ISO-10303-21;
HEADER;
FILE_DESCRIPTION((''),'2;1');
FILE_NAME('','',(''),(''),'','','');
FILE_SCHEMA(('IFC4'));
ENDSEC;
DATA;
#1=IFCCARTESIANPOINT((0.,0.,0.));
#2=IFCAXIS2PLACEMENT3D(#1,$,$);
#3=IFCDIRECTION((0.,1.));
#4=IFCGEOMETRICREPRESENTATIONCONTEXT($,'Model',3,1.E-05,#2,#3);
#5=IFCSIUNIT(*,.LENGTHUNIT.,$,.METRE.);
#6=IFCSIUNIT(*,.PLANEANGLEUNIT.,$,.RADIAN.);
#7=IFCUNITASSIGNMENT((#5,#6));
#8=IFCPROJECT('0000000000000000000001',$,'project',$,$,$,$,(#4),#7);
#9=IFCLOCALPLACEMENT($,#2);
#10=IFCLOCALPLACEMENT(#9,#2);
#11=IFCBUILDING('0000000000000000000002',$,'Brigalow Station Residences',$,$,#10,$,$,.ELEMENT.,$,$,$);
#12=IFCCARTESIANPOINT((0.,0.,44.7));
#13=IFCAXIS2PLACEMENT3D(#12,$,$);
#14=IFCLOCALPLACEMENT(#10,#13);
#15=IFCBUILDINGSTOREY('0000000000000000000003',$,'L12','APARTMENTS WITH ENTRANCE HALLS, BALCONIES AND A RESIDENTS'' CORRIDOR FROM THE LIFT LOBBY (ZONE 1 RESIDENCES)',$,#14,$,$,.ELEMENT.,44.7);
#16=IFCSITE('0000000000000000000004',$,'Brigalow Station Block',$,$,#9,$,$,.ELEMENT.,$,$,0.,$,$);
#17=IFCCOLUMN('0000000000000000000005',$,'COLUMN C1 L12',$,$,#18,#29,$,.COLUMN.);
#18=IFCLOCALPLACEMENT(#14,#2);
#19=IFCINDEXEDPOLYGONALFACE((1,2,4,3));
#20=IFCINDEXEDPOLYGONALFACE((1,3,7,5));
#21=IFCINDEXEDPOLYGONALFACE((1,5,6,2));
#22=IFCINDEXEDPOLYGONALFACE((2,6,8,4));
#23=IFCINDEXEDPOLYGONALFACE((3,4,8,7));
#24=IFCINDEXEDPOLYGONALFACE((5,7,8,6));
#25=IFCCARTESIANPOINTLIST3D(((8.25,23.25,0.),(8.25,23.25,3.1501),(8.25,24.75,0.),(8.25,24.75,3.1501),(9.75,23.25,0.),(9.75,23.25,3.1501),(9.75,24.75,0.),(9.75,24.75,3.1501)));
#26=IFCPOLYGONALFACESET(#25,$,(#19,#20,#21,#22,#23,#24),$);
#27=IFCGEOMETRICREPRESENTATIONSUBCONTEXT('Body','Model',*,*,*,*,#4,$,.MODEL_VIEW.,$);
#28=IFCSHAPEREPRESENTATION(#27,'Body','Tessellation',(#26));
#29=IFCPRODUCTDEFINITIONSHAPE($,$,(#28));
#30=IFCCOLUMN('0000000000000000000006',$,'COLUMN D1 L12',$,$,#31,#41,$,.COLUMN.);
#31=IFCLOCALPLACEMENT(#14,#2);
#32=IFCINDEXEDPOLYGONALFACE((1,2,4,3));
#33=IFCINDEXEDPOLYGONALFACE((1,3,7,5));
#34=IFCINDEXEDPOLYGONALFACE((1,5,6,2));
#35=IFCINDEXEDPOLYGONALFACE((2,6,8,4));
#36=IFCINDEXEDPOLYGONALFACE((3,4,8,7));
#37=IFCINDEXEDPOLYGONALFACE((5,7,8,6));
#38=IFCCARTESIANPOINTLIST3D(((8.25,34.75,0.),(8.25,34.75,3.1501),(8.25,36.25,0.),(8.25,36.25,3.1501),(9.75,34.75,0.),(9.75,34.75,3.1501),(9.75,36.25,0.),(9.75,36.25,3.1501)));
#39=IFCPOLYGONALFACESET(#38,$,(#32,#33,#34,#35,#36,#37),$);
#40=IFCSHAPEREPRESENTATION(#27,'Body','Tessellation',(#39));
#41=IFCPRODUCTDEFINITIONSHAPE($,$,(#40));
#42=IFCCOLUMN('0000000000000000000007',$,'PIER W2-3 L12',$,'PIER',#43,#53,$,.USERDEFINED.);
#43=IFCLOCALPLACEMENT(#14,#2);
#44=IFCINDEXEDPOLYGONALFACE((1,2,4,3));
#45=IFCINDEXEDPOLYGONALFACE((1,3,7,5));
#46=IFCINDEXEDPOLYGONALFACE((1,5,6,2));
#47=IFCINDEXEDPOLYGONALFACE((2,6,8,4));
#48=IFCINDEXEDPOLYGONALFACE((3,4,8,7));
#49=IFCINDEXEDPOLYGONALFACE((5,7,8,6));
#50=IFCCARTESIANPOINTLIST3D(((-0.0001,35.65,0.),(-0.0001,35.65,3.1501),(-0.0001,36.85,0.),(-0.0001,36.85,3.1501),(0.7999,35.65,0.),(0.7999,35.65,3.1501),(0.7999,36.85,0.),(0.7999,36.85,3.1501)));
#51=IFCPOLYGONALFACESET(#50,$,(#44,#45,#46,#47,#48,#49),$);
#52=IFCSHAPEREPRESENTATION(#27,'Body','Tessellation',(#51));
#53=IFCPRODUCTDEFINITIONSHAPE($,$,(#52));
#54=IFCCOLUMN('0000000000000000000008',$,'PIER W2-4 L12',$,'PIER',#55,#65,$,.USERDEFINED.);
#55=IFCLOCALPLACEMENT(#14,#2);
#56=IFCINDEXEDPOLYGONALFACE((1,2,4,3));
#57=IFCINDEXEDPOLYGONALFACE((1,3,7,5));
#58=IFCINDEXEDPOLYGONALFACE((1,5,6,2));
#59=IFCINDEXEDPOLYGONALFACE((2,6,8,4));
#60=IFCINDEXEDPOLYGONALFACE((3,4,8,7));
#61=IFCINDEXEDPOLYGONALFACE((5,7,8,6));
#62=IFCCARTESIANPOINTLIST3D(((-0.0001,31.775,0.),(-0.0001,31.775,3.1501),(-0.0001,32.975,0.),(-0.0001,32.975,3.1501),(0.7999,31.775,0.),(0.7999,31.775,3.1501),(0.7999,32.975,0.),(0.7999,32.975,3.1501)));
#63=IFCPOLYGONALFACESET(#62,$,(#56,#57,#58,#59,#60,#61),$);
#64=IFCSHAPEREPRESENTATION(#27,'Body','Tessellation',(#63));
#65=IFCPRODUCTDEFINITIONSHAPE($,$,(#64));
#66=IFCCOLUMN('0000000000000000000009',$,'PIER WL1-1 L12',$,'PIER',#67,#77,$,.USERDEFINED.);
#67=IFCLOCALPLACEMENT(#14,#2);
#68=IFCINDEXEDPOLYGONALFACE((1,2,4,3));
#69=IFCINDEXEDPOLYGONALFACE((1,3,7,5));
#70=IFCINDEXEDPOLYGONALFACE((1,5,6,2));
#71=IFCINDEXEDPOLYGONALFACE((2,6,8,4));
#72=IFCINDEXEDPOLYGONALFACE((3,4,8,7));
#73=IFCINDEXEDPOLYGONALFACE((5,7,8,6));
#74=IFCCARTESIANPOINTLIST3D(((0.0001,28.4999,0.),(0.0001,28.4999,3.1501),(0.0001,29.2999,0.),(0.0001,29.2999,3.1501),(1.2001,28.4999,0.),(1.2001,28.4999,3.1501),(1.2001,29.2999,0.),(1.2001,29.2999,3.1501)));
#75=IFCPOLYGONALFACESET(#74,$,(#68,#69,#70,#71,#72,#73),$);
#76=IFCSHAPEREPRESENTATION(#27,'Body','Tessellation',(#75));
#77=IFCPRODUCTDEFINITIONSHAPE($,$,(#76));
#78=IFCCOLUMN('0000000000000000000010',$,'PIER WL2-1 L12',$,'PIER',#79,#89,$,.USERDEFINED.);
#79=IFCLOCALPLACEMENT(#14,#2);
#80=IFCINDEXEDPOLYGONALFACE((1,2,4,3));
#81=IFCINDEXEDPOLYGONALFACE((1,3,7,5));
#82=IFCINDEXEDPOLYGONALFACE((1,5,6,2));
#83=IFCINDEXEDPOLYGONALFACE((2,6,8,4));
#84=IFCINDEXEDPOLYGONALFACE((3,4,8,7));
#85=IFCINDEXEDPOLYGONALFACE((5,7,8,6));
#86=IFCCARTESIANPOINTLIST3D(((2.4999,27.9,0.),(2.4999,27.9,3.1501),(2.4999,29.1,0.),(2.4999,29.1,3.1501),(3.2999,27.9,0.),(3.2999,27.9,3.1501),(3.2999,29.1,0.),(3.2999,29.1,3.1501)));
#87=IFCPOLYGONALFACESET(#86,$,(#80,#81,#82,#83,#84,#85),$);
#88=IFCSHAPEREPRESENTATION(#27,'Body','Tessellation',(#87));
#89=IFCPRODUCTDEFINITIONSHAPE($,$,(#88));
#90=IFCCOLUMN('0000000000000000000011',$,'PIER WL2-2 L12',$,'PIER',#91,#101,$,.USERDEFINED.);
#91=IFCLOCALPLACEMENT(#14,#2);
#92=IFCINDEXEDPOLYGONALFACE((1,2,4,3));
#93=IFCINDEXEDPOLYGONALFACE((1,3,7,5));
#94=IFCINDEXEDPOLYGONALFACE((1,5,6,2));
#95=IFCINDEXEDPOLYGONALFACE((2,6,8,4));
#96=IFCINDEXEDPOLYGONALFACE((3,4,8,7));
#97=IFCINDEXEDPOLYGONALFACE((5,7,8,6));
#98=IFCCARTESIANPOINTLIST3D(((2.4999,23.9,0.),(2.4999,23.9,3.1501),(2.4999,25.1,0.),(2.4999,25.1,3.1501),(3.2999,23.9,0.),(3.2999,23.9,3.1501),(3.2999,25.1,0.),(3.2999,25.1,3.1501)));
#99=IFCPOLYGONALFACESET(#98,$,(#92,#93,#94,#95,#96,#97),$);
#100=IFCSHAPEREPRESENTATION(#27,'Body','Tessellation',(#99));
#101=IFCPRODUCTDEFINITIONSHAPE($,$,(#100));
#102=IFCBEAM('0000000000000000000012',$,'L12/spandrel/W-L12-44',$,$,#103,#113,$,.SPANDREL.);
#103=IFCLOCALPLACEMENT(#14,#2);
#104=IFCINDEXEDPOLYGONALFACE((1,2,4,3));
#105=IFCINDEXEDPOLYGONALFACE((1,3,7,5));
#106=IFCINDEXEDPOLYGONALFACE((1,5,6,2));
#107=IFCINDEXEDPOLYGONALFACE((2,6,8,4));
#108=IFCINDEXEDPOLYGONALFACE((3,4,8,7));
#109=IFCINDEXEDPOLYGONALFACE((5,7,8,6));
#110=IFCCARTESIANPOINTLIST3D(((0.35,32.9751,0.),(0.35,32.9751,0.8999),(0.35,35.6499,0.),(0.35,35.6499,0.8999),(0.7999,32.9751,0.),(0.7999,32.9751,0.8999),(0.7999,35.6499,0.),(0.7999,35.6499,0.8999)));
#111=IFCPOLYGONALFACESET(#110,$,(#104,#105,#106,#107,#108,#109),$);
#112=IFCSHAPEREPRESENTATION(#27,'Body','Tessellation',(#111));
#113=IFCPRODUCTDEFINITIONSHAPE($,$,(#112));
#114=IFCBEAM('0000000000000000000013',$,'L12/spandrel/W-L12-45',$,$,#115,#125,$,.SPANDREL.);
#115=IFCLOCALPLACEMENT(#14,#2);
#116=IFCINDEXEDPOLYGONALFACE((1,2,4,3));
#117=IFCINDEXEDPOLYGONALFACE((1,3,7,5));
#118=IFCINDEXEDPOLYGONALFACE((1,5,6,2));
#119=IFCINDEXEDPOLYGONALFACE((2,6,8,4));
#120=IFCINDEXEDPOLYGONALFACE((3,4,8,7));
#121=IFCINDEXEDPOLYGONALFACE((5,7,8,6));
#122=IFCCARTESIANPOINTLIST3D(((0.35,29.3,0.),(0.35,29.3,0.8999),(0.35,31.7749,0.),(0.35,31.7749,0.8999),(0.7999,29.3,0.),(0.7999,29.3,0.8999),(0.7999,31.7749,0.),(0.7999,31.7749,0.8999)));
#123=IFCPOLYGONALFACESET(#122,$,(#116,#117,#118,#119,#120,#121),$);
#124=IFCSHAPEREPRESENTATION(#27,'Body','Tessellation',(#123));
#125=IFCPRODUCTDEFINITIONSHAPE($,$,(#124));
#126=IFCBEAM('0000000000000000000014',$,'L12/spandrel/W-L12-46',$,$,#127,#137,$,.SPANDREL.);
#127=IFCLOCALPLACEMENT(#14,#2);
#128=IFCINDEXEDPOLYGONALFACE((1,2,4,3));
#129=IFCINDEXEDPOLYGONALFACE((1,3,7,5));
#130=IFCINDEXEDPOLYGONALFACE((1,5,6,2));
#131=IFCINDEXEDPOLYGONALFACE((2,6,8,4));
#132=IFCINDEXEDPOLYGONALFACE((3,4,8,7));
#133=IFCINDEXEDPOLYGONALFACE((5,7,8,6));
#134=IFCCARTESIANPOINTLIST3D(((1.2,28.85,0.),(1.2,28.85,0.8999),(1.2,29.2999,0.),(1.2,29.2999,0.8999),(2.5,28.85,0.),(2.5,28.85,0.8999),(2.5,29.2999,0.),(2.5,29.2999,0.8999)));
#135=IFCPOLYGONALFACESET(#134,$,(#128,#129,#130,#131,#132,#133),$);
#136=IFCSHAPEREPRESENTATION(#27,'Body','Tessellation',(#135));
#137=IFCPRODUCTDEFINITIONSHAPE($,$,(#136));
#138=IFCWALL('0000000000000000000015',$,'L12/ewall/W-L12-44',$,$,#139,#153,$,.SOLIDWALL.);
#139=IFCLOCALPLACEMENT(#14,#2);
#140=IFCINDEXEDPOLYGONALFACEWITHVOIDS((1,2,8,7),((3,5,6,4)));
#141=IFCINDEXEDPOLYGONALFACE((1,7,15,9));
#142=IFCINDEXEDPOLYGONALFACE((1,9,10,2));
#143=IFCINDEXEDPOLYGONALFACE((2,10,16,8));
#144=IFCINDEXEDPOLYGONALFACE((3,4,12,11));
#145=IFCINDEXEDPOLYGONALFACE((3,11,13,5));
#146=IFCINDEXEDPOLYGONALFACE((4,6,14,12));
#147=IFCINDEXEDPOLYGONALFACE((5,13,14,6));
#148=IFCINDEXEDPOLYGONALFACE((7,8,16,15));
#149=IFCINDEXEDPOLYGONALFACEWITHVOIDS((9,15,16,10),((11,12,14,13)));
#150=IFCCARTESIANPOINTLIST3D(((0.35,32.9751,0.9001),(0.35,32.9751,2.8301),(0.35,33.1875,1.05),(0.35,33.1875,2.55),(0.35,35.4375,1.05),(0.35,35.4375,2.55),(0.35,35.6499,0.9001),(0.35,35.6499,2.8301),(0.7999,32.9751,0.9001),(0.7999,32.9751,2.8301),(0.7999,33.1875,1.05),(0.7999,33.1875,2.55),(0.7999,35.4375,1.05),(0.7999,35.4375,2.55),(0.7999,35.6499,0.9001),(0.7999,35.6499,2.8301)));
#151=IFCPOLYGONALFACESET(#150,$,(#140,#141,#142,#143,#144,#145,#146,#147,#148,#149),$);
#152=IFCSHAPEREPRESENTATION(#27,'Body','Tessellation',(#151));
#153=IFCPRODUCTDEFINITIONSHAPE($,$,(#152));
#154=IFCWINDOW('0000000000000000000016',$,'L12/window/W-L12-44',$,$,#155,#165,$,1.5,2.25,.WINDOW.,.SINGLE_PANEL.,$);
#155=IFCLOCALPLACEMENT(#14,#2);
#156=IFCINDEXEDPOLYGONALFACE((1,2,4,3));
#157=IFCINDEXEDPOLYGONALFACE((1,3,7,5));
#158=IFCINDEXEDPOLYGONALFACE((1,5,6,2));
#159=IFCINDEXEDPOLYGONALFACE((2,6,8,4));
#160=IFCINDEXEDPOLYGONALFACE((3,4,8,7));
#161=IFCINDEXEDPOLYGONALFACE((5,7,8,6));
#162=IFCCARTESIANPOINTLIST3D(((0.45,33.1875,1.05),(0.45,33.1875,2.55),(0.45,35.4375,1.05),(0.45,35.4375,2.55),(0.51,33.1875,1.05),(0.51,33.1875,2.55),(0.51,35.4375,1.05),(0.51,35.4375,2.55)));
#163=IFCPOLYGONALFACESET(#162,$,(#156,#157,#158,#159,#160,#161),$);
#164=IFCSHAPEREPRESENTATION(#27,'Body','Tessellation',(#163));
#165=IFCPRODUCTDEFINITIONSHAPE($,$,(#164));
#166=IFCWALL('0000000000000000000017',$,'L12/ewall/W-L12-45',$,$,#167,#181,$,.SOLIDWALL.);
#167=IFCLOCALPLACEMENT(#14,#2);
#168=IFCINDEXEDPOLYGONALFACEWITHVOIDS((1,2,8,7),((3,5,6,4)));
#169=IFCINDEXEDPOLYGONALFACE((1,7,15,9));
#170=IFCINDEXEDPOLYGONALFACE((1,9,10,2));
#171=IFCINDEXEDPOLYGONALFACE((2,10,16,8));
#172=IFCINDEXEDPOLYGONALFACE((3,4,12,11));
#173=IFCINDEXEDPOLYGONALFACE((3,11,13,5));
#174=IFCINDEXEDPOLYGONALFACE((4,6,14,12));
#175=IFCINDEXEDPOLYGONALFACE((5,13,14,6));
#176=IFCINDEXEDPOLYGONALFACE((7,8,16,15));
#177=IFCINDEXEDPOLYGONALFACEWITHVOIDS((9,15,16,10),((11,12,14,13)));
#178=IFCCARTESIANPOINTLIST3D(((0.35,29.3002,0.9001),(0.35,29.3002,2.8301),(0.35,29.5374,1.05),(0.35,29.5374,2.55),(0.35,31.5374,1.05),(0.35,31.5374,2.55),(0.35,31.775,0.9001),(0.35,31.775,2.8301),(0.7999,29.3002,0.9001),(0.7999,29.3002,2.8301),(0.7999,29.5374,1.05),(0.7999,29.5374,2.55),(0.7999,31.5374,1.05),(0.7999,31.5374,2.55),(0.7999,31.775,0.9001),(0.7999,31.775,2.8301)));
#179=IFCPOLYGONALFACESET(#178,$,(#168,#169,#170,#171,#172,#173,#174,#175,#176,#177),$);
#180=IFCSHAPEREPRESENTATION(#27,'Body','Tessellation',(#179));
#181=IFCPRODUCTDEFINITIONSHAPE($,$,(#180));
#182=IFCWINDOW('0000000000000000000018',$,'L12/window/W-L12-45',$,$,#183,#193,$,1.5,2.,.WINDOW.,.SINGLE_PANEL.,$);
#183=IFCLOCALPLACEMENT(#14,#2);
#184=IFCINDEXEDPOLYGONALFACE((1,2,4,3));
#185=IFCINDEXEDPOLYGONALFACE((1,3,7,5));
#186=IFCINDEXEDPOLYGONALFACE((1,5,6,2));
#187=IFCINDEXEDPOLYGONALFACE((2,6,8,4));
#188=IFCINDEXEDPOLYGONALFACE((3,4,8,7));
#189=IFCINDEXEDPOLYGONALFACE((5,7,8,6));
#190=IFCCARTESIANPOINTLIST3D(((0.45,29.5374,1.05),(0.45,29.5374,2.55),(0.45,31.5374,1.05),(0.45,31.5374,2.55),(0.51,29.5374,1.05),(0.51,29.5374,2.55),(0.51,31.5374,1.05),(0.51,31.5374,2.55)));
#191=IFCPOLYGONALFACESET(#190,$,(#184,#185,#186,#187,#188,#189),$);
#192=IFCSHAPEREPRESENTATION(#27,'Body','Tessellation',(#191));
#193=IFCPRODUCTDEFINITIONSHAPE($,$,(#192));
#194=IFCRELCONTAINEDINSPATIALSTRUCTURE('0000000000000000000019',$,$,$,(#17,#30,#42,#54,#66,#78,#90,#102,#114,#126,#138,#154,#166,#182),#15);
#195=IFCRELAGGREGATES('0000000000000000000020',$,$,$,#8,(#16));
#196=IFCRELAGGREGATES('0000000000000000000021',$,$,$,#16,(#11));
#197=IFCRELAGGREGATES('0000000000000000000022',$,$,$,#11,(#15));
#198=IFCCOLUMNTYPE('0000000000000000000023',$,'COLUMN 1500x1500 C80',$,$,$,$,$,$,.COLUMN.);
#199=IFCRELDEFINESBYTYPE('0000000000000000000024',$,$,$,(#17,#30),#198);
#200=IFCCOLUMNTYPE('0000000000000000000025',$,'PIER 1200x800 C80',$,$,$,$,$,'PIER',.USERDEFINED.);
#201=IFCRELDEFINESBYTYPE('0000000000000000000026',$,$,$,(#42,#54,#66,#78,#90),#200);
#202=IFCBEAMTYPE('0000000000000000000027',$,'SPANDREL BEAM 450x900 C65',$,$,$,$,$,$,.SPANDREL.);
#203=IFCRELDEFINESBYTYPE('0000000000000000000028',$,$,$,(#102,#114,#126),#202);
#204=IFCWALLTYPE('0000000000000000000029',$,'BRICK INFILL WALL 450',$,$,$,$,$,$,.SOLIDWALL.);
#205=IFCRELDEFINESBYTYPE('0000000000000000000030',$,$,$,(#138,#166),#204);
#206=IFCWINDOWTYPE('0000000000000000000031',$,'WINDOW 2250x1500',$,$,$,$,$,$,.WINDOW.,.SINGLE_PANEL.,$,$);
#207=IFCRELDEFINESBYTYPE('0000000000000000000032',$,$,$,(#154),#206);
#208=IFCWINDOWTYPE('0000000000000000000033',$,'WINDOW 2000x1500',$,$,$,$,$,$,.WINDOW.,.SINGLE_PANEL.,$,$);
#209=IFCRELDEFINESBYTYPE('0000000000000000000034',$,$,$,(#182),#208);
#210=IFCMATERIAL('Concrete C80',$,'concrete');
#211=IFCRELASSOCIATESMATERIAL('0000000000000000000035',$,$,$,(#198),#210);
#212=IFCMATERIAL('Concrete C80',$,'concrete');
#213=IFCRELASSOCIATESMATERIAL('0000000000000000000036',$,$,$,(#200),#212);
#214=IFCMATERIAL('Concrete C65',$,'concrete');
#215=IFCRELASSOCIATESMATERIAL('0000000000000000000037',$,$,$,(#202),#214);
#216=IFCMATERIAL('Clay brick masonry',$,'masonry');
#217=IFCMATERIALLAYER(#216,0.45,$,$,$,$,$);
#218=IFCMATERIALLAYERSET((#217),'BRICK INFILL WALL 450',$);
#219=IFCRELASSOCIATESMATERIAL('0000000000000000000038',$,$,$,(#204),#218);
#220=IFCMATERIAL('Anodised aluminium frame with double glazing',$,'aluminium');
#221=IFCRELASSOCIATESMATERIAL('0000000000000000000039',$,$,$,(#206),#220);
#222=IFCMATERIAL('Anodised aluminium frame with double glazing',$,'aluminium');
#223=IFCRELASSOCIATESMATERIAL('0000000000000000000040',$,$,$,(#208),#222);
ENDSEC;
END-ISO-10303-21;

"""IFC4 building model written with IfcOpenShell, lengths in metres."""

from ifc_helpers import new_model, si_unit, direction, frame, frame_2d, origin, origin_2d, place, context, subcontext, project, spatial, rectangle, extrude, material, layer, layer_set, material_profile, profile_set, type_object, element, fill, save


model = new_model("IFC4")

# Units and contexts
model_context = context("Model", 3, precision=1e-05, world=origin(), true_north=direction((0.0, 1.0)))
body_context = subcontext(model_context, "Body", "Model", "MODEL_VIEW")
ifc_project = project(units=[si_unit("LENGTHUNIT", "METRE"), si_unit("PLANEANGLEUNIT", "RADIAN")], contexts=[model_context])

# Site, building, storey
site_placement = place(None, origin())
site = spatial("IfcSite", under=ifc_project, at=site_placement, Name="Brigalow Station Block", CompositionType="ELEMENT", RefElevation=0.0)
building_placement = place(site_placement, origin())
building = spatial("IfcBuilding", under=site, at=building_placement, Name="Brigalow Station Residences", CompositionType="ELEMENT")
storey_placement = place(building_placement, frame((0.0, 0.0, 44.7)))
storey = spatial("IfcBuildingStorey", under=building, at=storey_placement, Name="L12", Description="APARTMENTS WITH ENTRANCE HALLS, BALCONIES AND A RESIDENTS' CORRIDOR FROM THE LIFT LOBBY (ZONE 1 RESIDENCES)", CompositionType="ELEMENT", Elevation=44.7)

# Columns
ifc_material_1 = material(Name="Concrete C80", Category="concrete")
ifc_material_profile_1 = material_profile(ifc_material_1, rectangle(XDim=1.5, YDim=1.5, at=origin_2d()), Name="RC1500x1500")
ifc_profile_set_1 = profile_set([ifc_material_profile_1], Name="Concrete C80")
column_type_1 = type_object("IfcColumnType", Name="COLUMN 1500x1500 C80", PredefinedType="COLUMN", material=ifc_profile_set_1)
for number, where, z_axis, x_axis, name in (
    (1, (9.0, 24.0, 0.0), (0.0, 0.0, 1.0), (1.0, 0.0, 0.0), "COLUMN C1 L12"),
    (2, (9.0, 35.5, 0.0), (0.0, 0.0, 1.0), (1.0, 0.0, 0.0), "COLUMN D1 L12"),
):
    element("IfcColumn", number, at=place(storey_placement, frame(where, z_axis=z_axis, x_axis=x_axis)), inside=storey, type_object=column_type_1, Name=name, PredefinedType="COLUMN", context=body_context, shape_type="SweptSolid", body=[
        extrude(rectangle(XDim=1.5, YDim=1.5, at=origin_2d()), origin(), (0.0, 0.0, 1.0), 3.1501),
    ])
ifc_material_2 = material(Name="Concrete C80", Category="concrete")
ifc_material_profile_2 = material_profile(ifc_material_2, rectangle(XDim=1.2, YDim=0.8, at=origin_2d()), Name="RC1200x800")
ifc_profile_set_2 = profile_set([ifc_material_profile_2], Name="Concrete C80")
column_type_2 = type_object("IfcColumnType", Name="PIER 1200x800 C80", ElementType="PIER", PredefinedType="USERDEFINED", material=ifc_profile_set_2)
for number, where, z_axis, x_axis, name in (
    (3, (0.3999, 36.25, 0.0), (0.0, 0.0, 1.0), (0.0, -1.0, 0.0), "PIER W2-3 L12"),
    (4, (0.3999, 32.375, 0.0), (0.0, 0.0, 1.0), (0.0, -1.0, 0.0), "PIER W2-4 L12"),
    (5, (0.6001, 28.8999, 0.0), (0.0, 0.0, 1.0), (1.0, 0.0, 0.0), "PIER WL1-1 L12"),
    (6, (2.8999, 28.5, 0.0), (0.0, 0.0, 1.0), (0.0, -1.0, 0.0), "PIER WL2-1 L12"),
    (7, (2.8999, 24.5, 0.0), (0.0, 0.0, 1.0), (0.0, -1.0, 0.0), "PIER WL2-2 L12"),
):
    element("IfcColumn", number, at=place(storey_placement, frame(where, z_axis=z_axis, x_axis=x_axis)), inside=storey, type_object=column_type_2, Name=name, ObjectType="PIER", PredefinedType="USERDEFINED", context=body_context, shape_type="SweptSolid", body=[
        extrude(rectangle(XDim=1.2, YDim=0.8, at=origin_2d()), origin(), (0.0, 0.0, 1.0), 3.1501),
    ])

# Beams
ifc_material_3 = material(Name="Concrete C65", Category="concrete")
ifc_material_profile_3 = material_profile(ifc_material_3, rectangle(XDim=0.45, YDim=0.8999, at=origin_2d()), Name="RC450x900")
ifc_profile_set_3 = profile_set([ifc_material_profile_3], Name="Concrete C65")
beam_type = type_object("IfcBeamType", Name="SPANDREL BEAM 450x900 C65", PredefinedType="SPANDREL", material=ifc_profile_set_3)
beam_1_placement = place(storey_placement, frame((0.575, 35.6499, 0.45), z_axis=(0.0, -1.0, 0.0), x_axis=(1.0, 0.0, 0.0)))
element("IfcBeam", 8, at=beam_1_placement, inside=storey, type_object=beam_type, Name="L12/spandrel/W-L12-44", PredefinedType="SPANDREL", context=body_context, shape_type="SweptSolid", body=[
    extrude(rectangle(XDim=0.45, YDim=0.8999, at=origin_2d()), origin(), (0.0, 0.0, 1.0), 2.6748),
])
beam_2_placement = place(storey_placement, frame((0.575, 31.7749, 0.45), z_axis=(0.0, -1.0, 0.0), x_axis=(1.0, 0.0, 0.0)))
element("IfcBeam", 9, at=beam_2_placement, inside=storey, type_object=beam_type, Name="L12/spandrel/W-L12-45", PredefinedType="SPANDREL", context=body_context, shape_type="SweptSolid", body=[
    extrude(rectangle(XDim=0.45, YDim=0.8999, at=origin_2d()), origin(), (0.0, 0.0, 1.0), 2.4749),
])
beam_3_placement = place(storey_placement, frame((1.2, 29.075, 0.45), z_axis=(1.0, 0.0, 0.0), x_axis=(0.0, 1.0, 0.0)))
element("IfcBeam", 10, at=beam_3_placement, inside=storey, type_object=beam_type, Name="L12/spandrel/W-L12-46", PredefinedType="SPANDREL", context=body_context, shape_type="SweptSolid", body=[
    extrude(rectangle(XDim=0.45, YDim=0.8999, at=origin_2d()), origin(), (0.0, 0.0, 1.0), 1.3),
])

# Walls, openings, windows
ifc_material_4 = material(Name="Clay brick masonry", Category="masonry")
ifc_layer_1 = layer(ifc_material_4, 0.45)
ifc_layer_set_1 = layer_set([ifc_layer_1], Name="BRICK INFILL WALL 450")
wall_type_1 = type_object("IfcWallType", Name="BRICK INFILL WALL 450", PredefinedType="SOLIDWALL", material=ifc_layer_set_1)
wall_1_placement = place(storey_placement, frame((0.575, 35.6499, 0.9001), z_axis=(0.0, 0.0, 1.0), x_axis=(0.0, -1.0, 0.0)))
wall_1 = element("IfcWall", 11, at=wall_1_placement, inside=storey, type_object=wall_type_1, Name="L12/ewall/W-L12-44", PredefinedType="SOLIDWALL", context=body_context, shape_type="SweptSolid", body=[
    extrude(rectangle(XDim=2.6748, YDim=0.45, at=frame_2d((1.3374, 0.0))), origin(), (0.0, 0.0, 1.0), 1.9299),
])
opening_1_placement = place(wall_1_placement, frame((0.2124, 0.0, 0.1499)))
opening_1 = element("IfcOpeningElement", 12, at=opening_1_placement, cuts=wall_1, PredefinedType="OPENING", context=body_context, shape_type="SweptSolid", body=[
    extrude(rectangle(XDim=2.25, YDim=1.5, at=frame_2d((1.125, 0.75))), frame((0.0, 0.2349, 0.0), z_axis=(0.0, -1.0, 0.0), x_axis=(1.0, 0.0, 0.0)), (0.0, 0.0, 1.0), 0.47),
])
ifc_material_5 = material(Name="Anodised aluminium frame with double glazing", Category="aluminium")
window_type_1 = type_object("IfcWindowType", Name="WINDOW 2250x1500", PartitioningType="SINGLE_PANEL", PredefinedType="WINDOW", material=ifc_material_5)
window_1_placement = place(opening_1_placement, origin())
window_1 = element("IfcWindow", 13, at=window_1_placement, inside=storey, type_object=window_type_1, Name="L12/window/W-L12-44", OverallHeight=1.5, OverallWidth=2.25, PartitioningType="SINGLE_PANEL", PredefinedType="WINDOW", context=body_context, shape_type="SweptSolid", body=[
    extrude(rectangle(XDim=2.25, YDim=1.5, at=frame_2d((1.125, 0.75))), frame((0.0, -0.0649, 0.0), z_axis=(0.0, -1.0, 0.0), x_axis=(1.0, 0.0, 0.0)), (0.0, 0.0, 1.0), 0.0601),
])
fill(opening_1, window_1)
wall_2_placement = place(storey_placement, frame((0.575, 31.7749, 0.9001), z_axis=(0.0, 0.0, 1.0), x_axis=(0.0, -1.0, 0.0)))
wall_2 = element("IfcWall", 14, at=wall_2_placement, inside=storey, type_object=wall_type_1, Name="L12/ewall/W-L12-45", PredefinedType="SOLIDWALL", context=body_context, shape_type="SweptSolid", body=[
    extrude(rectangle(XDim=2.4749, YDim=0.45, at=frame_2d((1.2373, 0.0))), origin(), (0.0, 0.0, 1.0), 1.9299),
])
opening_2_placement = place(wall_2_placement, frame((0.2375, 0.0, 0.1499)))
opening_2 = element("IfcOpeningElement", 15, at=opening_2_placement, cuts=wall_2, PredefinedType="OPENING", context=body_context, shape_type="SweptSolid", body=[
    extrude(rectangle(XDim=2.0, YDim=1.5, at=frame_2d((1.0, 0.75))), frame((0.0, 0.2349, 0.0), z_axis=(0.0, -1.0, 0.0), x_axis=(1.0, 0.0, 0.0)), (0.0, 0.0, 1.0), 0.47),
])
ifc_material_6 = material(Name="Anodised aluminium frame with double glazing", Category="aluminium")
window_type_2 = type_object("IfcWindowType", Name="WINDOW 2000x1500", PartitioningType="SINGLE_PANEL", PredefinedType="WINDOW", material=ifc_material_6)
window_2_placement = place(opening_2_placement, origin())
window_2 = element("IfcWindow", 16, at=window_2_placement, inside=storey, type_object=window_type_2, Name="L12/window/W-L12-45", OverallHeight=1.5, OverallWidth=2.0, PartitioningType="SINGLE_PANEL", PredefinedType="WINDOW", context=body_context, shape_type="SweptSolid", body=[
    extrude(rectangle(XDim=2.0, YDim=1.5, at=frame_2d((1.0, 0.75))), frame((0.0, -0.0649, 0.0), z_axis=(0.0, -1.0, 0.0), x_axis=(1.0, 0.0, 0.0)), (0.0, 0.0, 1.0), 0.0601),
])
fill(opening_2, window_2)

save(model, "model.ifc")
